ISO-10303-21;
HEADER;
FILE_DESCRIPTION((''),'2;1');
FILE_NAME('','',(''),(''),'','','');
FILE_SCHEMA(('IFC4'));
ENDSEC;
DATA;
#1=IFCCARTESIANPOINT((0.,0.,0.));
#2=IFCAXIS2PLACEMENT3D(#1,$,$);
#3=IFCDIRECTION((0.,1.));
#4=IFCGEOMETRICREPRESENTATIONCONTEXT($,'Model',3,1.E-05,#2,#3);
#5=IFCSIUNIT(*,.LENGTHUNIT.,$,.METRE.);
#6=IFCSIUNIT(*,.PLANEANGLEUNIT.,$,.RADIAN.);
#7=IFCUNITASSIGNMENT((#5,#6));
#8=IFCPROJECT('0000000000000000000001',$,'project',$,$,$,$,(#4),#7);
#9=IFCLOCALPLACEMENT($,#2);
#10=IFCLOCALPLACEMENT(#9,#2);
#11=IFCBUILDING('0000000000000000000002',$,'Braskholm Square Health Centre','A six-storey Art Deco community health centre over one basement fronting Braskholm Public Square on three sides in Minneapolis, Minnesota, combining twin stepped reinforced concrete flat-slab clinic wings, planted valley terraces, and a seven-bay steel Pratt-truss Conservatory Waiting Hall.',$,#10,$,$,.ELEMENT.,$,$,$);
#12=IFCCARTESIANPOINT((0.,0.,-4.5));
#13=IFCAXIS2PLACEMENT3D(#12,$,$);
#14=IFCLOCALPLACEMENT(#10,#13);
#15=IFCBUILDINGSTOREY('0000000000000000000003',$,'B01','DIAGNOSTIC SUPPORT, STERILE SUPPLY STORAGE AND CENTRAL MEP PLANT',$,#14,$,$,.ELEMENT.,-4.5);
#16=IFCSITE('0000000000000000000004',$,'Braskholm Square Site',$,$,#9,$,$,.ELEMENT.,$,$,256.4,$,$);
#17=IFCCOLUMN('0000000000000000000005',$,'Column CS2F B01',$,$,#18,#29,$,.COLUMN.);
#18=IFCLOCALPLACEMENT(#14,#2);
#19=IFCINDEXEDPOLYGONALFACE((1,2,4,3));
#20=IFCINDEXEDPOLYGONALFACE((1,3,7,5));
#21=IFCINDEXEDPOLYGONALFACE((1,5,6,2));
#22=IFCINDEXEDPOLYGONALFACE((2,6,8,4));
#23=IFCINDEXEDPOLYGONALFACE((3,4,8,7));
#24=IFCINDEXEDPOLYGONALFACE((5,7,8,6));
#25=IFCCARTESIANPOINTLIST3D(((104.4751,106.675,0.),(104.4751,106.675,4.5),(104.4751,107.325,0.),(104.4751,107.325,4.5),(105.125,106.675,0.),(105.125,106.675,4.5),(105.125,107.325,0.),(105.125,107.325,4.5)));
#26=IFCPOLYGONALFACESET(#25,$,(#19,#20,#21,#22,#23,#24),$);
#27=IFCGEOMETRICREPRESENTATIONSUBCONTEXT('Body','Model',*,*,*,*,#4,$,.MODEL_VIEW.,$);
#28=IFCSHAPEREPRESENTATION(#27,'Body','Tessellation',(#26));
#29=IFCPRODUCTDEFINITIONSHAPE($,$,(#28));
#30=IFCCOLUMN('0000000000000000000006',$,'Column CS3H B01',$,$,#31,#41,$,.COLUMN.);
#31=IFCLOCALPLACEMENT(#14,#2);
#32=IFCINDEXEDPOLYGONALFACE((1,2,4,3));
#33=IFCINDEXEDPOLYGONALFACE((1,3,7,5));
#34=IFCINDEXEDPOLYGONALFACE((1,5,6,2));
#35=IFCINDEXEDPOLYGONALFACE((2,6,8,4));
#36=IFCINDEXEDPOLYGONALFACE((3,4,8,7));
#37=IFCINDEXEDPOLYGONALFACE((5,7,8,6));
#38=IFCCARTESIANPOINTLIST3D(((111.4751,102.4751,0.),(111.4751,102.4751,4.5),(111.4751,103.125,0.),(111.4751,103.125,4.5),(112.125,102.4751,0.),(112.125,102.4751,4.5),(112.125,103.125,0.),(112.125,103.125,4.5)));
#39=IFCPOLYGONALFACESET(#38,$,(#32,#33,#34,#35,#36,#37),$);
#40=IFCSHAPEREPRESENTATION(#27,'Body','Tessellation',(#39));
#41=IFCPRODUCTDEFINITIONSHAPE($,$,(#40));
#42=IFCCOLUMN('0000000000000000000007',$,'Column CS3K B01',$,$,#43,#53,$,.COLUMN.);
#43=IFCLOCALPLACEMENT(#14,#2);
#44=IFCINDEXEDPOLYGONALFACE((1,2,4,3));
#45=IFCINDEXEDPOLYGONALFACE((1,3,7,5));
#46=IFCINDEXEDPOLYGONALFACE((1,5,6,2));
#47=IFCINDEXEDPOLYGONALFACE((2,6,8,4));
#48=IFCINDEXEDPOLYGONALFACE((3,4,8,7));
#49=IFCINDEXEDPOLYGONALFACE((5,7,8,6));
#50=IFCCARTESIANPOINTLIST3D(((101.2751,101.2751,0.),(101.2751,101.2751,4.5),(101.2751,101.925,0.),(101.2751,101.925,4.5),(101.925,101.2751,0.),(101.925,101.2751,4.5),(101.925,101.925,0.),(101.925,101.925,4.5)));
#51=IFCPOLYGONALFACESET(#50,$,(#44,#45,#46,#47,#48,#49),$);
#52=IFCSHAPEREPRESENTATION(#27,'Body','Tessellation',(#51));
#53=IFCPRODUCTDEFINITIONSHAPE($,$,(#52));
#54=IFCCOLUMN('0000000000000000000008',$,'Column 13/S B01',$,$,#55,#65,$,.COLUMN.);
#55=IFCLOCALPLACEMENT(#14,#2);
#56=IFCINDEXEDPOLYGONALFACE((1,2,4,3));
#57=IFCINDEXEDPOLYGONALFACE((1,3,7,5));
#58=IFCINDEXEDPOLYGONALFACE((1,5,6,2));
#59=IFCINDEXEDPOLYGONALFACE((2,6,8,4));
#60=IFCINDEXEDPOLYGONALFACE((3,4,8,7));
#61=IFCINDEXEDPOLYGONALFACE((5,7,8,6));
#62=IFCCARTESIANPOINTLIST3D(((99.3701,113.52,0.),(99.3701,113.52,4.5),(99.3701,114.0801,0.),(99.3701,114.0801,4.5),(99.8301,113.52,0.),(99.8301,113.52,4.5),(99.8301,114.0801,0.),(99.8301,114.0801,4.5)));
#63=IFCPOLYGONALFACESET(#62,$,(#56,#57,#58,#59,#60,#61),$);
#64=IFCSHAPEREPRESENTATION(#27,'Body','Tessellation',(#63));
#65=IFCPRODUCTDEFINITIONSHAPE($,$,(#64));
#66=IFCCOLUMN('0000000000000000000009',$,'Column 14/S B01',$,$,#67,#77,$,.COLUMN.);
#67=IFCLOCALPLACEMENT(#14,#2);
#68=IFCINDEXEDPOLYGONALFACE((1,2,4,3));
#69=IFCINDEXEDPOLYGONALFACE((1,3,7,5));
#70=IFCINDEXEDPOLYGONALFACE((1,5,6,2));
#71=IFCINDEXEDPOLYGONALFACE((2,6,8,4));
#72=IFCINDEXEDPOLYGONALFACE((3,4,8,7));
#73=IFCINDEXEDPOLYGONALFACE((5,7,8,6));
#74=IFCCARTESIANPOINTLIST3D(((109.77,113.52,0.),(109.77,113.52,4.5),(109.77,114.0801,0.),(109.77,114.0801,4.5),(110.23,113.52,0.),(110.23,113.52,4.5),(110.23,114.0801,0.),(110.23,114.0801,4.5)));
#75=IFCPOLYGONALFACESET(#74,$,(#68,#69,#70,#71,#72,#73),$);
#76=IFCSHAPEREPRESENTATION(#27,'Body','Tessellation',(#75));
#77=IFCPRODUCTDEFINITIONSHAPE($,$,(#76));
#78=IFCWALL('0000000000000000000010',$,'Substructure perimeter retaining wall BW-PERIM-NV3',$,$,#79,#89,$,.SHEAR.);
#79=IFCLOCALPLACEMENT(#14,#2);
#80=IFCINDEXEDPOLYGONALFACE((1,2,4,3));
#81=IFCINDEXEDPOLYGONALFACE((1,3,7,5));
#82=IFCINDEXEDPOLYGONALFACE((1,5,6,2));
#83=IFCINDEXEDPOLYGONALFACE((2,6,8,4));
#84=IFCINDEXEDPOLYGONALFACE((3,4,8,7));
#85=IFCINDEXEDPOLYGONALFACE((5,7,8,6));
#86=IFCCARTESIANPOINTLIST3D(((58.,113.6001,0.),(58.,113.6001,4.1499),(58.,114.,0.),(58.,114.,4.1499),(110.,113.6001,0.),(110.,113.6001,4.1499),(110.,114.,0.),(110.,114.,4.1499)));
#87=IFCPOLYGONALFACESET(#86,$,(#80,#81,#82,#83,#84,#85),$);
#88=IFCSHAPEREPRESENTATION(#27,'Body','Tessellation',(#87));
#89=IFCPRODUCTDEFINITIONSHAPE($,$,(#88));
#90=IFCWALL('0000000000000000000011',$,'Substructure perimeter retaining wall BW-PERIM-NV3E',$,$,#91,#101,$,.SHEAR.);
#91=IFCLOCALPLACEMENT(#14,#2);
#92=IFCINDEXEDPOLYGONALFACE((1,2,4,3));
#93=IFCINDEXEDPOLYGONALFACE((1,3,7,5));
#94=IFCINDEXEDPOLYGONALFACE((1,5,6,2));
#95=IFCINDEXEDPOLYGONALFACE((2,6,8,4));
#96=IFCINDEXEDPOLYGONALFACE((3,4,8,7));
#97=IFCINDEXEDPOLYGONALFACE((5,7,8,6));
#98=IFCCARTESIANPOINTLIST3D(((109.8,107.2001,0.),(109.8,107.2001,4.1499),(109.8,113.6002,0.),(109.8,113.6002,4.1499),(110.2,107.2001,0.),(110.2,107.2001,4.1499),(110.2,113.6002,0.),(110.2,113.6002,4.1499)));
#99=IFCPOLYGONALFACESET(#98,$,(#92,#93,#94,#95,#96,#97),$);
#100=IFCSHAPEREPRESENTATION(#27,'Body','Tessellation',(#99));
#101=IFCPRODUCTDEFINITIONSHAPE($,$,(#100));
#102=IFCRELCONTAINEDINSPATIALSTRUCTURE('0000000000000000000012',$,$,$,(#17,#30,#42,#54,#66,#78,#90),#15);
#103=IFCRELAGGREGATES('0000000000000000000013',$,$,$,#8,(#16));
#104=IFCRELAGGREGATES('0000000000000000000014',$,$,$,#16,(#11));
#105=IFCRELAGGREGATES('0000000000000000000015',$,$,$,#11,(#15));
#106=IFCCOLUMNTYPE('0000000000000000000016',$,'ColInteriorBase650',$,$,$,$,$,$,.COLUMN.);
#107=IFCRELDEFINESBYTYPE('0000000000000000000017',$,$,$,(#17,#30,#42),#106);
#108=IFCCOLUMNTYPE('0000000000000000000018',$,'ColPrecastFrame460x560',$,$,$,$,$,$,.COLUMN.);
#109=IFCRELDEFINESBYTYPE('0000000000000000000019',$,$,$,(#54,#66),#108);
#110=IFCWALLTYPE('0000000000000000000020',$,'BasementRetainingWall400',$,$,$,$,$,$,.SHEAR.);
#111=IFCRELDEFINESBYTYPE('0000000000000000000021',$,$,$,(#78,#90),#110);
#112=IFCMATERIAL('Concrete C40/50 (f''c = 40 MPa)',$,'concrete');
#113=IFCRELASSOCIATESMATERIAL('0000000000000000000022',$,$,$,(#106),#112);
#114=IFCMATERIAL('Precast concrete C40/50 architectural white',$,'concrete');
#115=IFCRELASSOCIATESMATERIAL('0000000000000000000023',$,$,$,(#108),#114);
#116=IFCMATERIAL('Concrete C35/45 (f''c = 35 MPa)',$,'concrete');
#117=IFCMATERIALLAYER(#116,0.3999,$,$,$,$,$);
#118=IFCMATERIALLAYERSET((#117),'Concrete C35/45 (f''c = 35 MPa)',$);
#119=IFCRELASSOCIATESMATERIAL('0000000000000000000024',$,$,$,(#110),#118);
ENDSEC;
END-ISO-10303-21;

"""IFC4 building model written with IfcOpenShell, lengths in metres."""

from ifc_helpers import new_model, si_unit, direction, frame, frame_2d, origin, origin_2d, place, context, subcontext, project, spatial, rectangle, extrude, material, layer, layer_set, material_profile, profile_set, type_object, element, save


model = new_model("IFC4")

# Units and contexts
model_context = context("Model", 3, precision=1e-05, world=origin(), true_north=direction((0.0, 1.0)))
body_context = subcontext(model_context, "Body", "Model", "MODEL_VIEW")
ifc_project = project(units=[si_unit("LENGTHUNIT", "METRE"), si_unit("PLANEANGLEUNIT", "RADIAN")], contexts=[model_context])

# Site, building, storey
site_placement = place(None, origin())
site = spatial("IfcSite", under=ifc_project, at=site_placement, Name="Braskholm Square Site", CompositionType="ELEMENT", RefElevation=256.4)
building_placement = place(site_placement, origin())
building = spatial("IfcBuilding", under=site, at=building_placement, Name="Braskholm Square Health Centre", Description="A six-storey Art Deco community health centre over one basement fronting Braskholm Public Square on three sides in Minneapolis, Minnesota, combining twin stepped reinforced concrete flat-slab clinic wings, planted valley terraces, and a seven-bay steel Pratt-truss Conservatory Waiting Hall.", CompositionType="ELEMENT")
storey_placement = place(building_placement, frame((0.0, 0.0, -4.5)))
storey = spatial("IfcBuildingStorey", under=building, at=storey_placement, Name="B01", Description="DIAGNOSTIC SUPPORT, STERILE SUPPLY STORAGE AND CENTRAL MEP PLANT", CompositionType="ELEMENT", Elevation=-4.5)

# Shared definitions
ifc_material_1 = material(Name="Concrete C40/50 (f'c = 40 MPa)", Category="concrete")

# Columns
ifc_material_profile_1 = material_profile(ifc_material_1, rectangle(XDim=0.6499, YDim=0.6499, at=origin_2d()), Name="RC-650X650")
ifc_profile_set_1 = profile_set([ifc_material_profile_1], Name="Concrete C40/50 (f'c = 40 MPa)")
column_type_1 = type_object("IfcColumnType", Name="ColInteriorBase650", PredefinedType="COLUMN", material=ifc_profile_set_1)
for number, where, z_axis, x_axis, name in (
    (1, (104.8, 107.0, 0.0), (0.0, 0.0, 1.0), (1.0, 0.0, 0.0), "Column CS2F B01"),
    (2, (111.8, 102.8, 0.0), (0.0, 0.0, 1.0), (1.0, 0.0, 0.0), "Column CS3H B01"),
    (3, (101.6001, 101.6001, 0.0), (0.0, 0.0, 1.0), (1.0, 0.0, 0.0), "Column CS3K B01"),
):
    element("IfcColumn", number, at=place(storey_placement, frame(where, z_axis=z_axis, x_axis=x_axis)), inside=storey, type_object=column_type_1, Name=name, PredefinedType="COLUMN", context=body_context, shape_type="SweptSolid", body=[
        extrude(rectangle(XDim=0.6499, YDim=0.6499, at=origin_2d()), origin(), (0.0, 0.0, 1.0), 4.5),
    ])
ifc_material_2 = material(Name="Precast concrete C40/50 architectural white", Category="concrete")
ifc_material_profile_2 = material_profile(ifc_material_2, rectangle(XDim=0.46, YDim=0.5601, at=origin_2d()), Name="RC-460X560")
ifc_profile_set_2 = profile_set([ifc_material_profile_2], Name="Precast concrete C40/50 architectural white")
column_type_2 = type_object("IfcColumnType", Name="ColPrecastFrame460x560", PredefinedType="COLUMN", material=ifc_profile_set_2)
for number, where, z_axis, x_axis, name in (
    (4, (99.6001, 113.8, 0.0), (0.0, 0.0, 1.0), (1.0, 0.0, 0.0), "Column 13/S B01"),
    (5, (110.0, 113.8, 0.0), (0.0, 0.0, 1.0), (1.0, 0.0, 0.0), "Column 14/S B01"),
):
    element("IfcColumn", number, at=place(storey_placement, frame(where, z_axis=z_axis, x_axis=x_axis)), inside=storey, type_object=column_type_2, Name=name, PredefinedType="COLUMN", context=body_context, shape_type="SweptSolid", body=[
        extrude(rectangle(XDim=0.46, YDim=0.5601, at=origin_2d()), origin(), (0.0, 0.0, 1.0), 4.5),
    ])

# Walls
ifc_material_3 = material(Name="Concrete C35/45 (f'c = 35 MPa)", Category="concrete")
ifc_layer = layer(ifc_material_3, 0.3999)
ifc_layer_set = layer_set([ifc_layer], Name="Concrete C35/45 (f'c = 35 MPa)")
wall_type = type_object("IfcWallType", Name="BasementRetainingWall400", PredefinedType="SHEAR", material=ifc_layer_set)
wall_1_placement = place(storey_placement, frame((110.0, 113.8, 0.0), z_axis=(0.0, 0.0, 1.0), x_axis=(-1.0, 0.0, 0.0)))
element("IfcWall", 6, at=wall_1_placement, inside=storey, type_object=wall_type, Name="Substructure perimeter retaining wall BW-PERIM-NV3", PredefinedType="SHEAR", context=body_context, shape_type="SweptSolid", body=[
    extrude(rectangle(XDim=52.0, YDim=0.3999, at=frame_2d((26.0, 0.0))), origin(), (0.0, 0.0, 1.0), 4.1499),
])
wall_2_placement = place(storey_placement, frame((110.0, 107.2, 0.0), z_axis=(0.0, 0.0, 1.0), x_axis=(0.0, 1.0, 0.0)))
element("IfcWall", 7, at=wall_2_placement, inside=storey, type_object=wall_type, Name="Substructure perimeter retaining wall BW-PERIM-NV3E", PredefinedType="SHEAR", context=body_context, shape_type="SweptSolid", body=[
    extrude(rectangle(XDim=6.4001, YDim=0.3999, at=frame_2d((3.2002, 0.0))), origin(), (0.0, 0.0, 1.0), 4.1499),
])

save(model, "model.ifc")
